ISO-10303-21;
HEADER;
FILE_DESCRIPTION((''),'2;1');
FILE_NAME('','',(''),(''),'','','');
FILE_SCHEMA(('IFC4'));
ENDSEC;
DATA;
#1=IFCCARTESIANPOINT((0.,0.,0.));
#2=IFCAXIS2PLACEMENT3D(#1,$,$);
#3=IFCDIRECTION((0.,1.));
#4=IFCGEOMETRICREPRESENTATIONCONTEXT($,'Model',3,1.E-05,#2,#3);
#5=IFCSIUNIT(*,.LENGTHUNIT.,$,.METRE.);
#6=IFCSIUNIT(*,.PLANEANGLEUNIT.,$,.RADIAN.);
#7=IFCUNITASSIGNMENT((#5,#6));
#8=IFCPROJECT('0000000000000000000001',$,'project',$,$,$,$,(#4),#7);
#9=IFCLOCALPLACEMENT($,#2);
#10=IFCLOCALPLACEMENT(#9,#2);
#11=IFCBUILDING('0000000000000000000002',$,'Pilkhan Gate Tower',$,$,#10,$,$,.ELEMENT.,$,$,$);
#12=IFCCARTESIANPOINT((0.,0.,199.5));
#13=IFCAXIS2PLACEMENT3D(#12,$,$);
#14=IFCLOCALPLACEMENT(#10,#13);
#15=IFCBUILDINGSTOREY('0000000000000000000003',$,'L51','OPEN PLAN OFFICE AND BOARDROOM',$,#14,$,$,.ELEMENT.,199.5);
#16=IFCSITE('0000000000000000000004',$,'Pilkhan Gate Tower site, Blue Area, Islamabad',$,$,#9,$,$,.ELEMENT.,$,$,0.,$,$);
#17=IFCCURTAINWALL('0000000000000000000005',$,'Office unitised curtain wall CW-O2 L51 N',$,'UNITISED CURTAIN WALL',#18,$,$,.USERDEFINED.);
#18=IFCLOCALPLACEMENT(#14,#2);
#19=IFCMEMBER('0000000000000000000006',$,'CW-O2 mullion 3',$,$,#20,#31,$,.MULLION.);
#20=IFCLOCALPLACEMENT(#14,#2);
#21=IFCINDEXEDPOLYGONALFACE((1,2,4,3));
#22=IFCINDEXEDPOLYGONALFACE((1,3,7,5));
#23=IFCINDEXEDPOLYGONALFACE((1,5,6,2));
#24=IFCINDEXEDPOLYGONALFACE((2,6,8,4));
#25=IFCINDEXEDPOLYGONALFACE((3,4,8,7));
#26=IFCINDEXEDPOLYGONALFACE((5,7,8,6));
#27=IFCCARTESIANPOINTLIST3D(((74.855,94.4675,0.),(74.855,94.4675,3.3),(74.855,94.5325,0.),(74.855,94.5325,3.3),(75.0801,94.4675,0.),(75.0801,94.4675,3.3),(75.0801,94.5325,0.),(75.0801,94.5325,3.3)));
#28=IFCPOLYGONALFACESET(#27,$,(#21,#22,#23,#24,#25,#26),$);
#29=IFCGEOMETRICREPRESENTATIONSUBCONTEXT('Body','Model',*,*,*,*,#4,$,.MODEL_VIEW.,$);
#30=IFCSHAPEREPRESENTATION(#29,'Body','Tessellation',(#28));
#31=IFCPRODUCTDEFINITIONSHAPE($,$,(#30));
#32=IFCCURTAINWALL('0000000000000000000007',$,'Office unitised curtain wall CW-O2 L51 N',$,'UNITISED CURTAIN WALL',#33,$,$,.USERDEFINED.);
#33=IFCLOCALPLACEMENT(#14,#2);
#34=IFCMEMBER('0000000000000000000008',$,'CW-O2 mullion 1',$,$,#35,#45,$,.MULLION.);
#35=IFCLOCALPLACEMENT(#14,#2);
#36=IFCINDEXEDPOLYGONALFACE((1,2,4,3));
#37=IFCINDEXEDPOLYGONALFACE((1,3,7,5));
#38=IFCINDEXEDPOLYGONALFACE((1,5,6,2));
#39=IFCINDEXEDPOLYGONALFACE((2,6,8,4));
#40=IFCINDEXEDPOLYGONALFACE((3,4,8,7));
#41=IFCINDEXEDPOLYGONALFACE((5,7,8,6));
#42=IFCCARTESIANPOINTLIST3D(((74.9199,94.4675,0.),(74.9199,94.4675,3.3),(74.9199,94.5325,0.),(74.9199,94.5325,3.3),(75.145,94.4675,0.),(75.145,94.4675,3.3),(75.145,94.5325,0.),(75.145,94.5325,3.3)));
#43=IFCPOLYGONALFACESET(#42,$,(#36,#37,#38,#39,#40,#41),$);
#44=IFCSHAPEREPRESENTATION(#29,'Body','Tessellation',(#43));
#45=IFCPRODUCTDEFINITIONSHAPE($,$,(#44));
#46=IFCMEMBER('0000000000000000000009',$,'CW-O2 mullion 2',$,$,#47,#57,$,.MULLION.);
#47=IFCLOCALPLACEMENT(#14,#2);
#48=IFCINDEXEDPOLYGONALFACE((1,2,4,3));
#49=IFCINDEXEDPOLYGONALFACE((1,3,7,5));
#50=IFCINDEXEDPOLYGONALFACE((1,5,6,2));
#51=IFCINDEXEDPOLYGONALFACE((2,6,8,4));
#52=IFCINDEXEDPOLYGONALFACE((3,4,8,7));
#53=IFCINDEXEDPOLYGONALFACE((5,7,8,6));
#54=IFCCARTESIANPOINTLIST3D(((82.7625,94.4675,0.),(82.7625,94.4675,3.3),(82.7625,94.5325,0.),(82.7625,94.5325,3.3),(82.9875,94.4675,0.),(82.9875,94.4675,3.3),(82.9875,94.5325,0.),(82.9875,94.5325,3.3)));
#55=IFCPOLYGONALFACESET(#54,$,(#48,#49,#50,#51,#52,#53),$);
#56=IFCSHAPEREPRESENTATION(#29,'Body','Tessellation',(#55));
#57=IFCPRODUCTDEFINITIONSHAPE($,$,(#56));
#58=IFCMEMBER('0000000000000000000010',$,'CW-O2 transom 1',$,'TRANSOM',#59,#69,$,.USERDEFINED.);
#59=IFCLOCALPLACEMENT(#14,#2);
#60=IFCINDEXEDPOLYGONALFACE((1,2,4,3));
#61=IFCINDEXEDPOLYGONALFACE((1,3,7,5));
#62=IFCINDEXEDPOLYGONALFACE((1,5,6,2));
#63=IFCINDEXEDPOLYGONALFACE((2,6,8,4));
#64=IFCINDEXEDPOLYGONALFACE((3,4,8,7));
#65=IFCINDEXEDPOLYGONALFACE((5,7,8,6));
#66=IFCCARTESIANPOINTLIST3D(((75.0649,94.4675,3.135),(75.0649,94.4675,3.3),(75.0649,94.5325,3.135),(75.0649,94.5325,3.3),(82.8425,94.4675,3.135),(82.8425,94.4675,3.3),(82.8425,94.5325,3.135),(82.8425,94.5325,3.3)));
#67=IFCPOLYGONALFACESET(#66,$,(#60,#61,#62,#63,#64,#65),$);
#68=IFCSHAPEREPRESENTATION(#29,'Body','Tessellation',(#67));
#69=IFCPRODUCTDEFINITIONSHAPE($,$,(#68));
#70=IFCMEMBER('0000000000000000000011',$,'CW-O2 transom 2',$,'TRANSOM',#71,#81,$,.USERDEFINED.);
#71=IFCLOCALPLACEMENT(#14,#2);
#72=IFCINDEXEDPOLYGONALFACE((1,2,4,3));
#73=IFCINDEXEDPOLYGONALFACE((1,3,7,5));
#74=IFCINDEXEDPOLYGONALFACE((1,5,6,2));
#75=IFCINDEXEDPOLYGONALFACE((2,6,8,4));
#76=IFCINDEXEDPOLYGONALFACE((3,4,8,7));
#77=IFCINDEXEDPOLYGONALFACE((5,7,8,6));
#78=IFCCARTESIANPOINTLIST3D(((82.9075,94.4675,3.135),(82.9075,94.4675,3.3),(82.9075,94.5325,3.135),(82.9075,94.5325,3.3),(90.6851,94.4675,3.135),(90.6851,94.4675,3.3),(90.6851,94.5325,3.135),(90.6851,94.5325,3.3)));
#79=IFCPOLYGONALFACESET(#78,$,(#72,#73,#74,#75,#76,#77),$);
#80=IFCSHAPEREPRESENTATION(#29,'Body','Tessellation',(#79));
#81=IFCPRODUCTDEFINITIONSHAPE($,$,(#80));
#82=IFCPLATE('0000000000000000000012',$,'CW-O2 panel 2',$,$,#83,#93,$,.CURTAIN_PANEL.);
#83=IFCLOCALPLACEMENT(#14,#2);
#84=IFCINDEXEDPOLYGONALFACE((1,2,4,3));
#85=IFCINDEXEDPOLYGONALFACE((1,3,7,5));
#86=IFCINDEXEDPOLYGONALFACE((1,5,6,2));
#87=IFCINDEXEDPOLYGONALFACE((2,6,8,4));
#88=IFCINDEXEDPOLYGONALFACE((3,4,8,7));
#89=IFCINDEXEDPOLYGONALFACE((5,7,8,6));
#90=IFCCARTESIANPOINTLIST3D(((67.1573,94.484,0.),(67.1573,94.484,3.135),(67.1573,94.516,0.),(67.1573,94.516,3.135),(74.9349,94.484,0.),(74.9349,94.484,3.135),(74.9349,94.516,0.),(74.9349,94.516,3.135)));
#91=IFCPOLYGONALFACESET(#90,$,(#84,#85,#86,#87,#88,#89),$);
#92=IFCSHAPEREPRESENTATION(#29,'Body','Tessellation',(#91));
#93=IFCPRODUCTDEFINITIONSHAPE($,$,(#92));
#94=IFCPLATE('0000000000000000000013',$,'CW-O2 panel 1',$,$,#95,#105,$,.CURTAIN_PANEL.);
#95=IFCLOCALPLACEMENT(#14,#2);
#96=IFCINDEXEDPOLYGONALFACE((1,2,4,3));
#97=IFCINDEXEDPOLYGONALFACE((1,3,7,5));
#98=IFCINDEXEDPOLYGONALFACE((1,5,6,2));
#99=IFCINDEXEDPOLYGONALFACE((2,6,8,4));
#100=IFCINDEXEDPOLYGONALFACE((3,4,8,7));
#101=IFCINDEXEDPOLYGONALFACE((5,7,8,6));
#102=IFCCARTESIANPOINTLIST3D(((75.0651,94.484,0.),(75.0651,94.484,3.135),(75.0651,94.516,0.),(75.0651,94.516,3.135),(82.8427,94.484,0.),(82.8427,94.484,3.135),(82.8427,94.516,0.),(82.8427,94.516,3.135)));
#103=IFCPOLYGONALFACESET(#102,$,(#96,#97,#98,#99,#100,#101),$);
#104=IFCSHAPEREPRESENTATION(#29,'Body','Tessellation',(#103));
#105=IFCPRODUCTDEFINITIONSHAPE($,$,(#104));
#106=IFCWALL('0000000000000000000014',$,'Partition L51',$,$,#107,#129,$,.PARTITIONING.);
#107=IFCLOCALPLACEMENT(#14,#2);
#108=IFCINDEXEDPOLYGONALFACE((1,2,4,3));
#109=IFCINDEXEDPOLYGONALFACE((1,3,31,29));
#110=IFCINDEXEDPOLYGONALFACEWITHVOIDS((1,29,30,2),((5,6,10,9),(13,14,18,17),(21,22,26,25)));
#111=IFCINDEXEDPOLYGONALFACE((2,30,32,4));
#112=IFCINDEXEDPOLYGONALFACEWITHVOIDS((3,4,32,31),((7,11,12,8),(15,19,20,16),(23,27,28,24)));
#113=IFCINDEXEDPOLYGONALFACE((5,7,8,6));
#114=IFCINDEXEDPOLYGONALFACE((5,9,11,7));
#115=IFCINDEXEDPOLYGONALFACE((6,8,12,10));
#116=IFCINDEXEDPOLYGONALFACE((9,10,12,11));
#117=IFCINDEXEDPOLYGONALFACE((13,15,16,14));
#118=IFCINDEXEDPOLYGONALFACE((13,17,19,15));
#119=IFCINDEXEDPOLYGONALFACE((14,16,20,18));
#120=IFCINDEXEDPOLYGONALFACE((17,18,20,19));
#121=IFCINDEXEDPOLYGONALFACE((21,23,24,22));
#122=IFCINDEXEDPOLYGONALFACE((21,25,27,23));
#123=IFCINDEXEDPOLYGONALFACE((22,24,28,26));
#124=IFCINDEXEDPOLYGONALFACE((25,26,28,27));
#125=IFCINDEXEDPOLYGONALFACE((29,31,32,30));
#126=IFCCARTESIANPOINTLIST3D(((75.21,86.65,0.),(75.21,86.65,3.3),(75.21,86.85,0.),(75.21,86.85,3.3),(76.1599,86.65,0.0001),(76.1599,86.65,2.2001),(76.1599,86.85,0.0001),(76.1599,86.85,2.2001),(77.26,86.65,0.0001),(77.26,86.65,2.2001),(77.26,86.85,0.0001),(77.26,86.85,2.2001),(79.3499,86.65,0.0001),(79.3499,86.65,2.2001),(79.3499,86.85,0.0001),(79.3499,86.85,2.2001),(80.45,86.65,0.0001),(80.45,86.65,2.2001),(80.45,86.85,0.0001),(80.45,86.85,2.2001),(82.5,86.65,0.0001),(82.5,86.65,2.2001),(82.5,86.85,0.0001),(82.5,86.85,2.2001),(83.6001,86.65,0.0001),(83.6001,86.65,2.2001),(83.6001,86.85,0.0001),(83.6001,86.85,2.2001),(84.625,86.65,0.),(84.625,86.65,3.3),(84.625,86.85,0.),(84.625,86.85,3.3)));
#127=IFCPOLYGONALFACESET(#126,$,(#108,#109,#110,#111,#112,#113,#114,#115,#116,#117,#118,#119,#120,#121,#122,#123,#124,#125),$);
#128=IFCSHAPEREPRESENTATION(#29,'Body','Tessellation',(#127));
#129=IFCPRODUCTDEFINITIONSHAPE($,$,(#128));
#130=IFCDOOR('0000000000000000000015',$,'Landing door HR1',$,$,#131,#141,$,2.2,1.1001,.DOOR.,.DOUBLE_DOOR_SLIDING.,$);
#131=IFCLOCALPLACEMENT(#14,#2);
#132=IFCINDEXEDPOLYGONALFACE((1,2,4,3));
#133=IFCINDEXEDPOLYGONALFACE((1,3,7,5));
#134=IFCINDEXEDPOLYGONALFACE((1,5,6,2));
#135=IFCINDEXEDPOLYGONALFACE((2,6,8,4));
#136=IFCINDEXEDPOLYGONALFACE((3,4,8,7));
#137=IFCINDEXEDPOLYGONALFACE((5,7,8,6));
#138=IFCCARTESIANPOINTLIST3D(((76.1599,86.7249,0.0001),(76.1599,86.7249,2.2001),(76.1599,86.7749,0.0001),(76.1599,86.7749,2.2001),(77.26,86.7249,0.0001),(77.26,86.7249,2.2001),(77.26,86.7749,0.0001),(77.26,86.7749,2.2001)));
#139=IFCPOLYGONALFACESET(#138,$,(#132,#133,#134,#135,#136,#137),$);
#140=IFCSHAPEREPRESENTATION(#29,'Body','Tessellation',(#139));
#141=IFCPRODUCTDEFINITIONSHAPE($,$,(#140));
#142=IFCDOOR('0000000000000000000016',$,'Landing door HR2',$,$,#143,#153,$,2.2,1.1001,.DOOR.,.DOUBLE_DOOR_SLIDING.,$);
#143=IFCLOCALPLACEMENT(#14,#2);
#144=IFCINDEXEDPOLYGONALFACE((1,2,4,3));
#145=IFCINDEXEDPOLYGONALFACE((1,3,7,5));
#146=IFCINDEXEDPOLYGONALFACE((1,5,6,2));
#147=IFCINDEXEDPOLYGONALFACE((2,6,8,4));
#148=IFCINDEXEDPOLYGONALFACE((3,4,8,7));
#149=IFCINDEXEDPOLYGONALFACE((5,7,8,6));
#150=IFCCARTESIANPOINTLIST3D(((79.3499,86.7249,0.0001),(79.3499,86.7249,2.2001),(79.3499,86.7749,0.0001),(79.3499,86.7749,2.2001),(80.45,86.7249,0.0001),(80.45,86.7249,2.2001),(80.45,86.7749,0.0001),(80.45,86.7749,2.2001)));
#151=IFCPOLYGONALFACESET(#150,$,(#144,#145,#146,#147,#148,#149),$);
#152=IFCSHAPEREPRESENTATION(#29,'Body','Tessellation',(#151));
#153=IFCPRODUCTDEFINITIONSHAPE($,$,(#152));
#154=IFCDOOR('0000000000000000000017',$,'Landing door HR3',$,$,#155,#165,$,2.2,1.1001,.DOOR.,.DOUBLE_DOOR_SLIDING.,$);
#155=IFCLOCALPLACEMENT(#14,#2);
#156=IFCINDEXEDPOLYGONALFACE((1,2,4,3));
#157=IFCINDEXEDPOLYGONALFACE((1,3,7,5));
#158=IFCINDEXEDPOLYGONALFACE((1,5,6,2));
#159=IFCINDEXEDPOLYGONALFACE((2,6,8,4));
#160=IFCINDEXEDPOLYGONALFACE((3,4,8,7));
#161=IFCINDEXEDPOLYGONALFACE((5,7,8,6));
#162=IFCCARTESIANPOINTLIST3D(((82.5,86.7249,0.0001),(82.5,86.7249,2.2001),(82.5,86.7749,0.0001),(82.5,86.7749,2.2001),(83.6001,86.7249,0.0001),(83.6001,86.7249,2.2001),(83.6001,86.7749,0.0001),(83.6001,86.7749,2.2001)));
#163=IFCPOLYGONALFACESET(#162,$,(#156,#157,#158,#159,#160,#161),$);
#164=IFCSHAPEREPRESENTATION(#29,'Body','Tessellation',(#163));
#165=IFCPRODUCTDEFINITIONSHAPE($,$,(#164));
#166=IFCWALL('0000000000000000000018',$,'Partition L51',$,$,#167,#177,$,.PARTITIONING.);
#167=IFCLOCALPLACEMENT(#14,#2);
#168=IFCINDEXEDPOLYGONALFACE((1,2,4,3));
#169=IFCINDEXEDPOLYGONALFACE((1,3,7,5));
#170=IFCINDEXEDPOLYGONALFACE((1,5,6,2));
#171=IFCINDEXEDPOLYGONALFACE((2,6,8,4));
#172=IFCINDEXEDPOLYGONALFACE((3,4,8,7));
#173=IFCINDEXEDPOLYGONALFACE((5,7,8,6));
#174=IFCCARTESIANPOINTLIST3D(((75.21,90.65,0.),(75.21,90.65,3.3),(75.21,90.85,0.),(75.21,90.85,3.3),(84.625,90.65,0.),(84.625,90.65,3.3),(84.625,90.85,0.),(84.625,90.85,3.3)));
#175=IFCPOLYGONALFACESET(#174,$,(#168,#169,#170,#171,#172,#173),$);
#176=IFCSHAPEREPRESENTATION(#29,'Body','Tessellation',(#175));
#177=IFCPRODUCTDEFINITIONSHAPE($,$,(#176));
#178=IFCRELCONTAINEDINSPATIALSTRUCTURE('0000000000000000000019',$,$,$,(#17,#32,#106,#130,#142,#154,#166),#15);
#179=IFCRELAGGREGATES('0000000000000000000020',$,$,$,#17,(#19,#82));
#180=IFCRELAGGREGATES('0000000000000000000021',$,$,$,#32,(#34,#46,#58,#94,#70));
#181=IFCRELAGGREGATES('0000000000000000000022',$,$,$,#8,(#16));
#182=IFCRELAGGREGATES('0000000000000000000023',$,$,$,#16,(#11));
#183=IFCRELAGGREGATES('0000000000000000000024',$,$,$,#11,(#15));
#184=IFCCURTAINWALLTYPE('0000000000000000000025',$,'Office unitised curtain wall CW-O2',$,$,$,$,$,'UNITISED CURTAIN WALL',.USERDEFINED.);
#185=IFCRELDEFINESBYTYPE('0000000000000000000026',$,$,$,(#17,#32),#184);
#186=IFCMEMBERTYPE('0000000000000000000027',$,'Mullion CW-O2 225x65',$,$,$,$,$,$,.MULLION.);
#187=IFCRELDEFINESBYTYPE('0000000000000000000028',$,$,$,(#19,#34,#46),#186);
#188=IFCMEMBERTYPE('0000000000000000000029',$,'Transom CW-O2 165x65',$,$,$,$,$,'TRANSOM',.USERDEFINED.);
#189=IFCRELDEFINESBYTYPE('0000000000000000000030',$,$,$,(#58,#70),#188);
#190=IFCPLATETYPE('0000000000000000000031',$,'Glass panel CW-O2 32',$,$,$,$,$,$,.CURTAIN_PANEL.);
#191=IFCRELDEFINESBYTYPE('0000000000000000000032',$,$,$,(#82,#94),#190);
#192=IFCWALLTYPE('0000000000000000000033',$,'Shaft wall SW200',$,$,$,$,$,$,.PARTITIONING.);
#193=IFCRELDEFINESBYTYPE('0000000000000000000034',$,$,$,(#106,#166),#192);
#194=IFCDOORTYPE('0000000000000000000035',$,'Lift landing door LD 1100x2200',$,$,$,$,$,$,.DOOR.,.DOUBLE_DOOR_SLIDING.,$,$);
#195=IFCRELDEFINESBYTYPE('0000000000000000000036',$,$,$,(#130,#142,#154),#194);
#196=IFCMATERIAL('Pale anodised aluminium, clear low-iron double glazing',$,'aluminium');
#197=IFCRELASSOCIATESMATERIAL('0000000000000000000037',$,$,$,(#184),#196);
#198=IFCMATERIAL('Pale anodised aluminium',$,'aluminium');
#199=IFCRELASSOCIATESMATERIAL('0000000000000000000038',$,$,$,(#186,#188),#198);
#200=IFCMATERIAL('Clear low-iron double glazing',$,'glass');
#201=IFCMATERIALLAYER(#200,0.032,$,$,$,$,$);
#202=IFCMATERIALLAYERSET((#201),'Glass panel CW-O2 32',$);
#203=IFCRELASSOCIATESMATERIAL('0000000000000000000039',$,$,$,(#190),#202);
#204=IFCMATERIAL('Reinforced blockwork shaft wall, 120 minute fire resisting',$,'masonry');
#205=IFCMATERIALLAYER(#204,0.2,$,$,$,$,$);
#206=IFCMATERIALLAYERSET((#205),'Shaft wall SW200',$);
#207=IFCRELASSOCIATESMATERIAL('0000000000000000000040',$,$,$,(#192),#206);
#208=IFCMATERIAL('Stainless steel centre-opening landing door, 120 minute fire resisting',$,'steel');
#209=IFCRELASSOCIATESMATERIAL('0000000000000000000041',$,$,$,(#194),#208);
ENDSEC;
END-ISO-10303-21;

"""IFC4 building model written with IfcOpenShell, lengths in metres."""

from ifc_helpers import new_model, si_unit, direction, frame, frame_2d, origin, origin_2d, place, context, subcontext, project, spatial, rectangle, extrude, material, layer, layer_set, material_profile, profile_set, type_object, element, fill, aggregate, save


model = new_model("IFC4")

# Units and contexts
model_context = context("Model", 3, precision=1e-05, world=origin(), true_north=direction((0.0, 1.0)))
body_context = subcontext(model_context, "Body", "Model", "MODEL_VIEW")
ifc_project = project(units=[si_unit("LENGTHUNIT", "METRE"), si_unit("PLANEANGLEUNIT", "RADIAN")], contexts=[model_context])

# Site, building, storey
site_placement = place(None, origin())
site = spatial("IfcSite", under=ifc_project, at=site_placement, Name="Pilkhan Gate Tower site, Blue Area, Islamabad", CompositionType="ELEMENT", RefElevation=0.0)
building_placement = place(site_placement, origin())
building = spatial("IfcBuilding", under=site, at=building_placement, Name="Pilkhan Gate Tower", CompositionType="ELEMENT")
storey_placement = place(building_placement, frame((0.0, 0.0, 199.5)))
storey = spatial("IfcBuildingStorey", under=building, at=storey_placement, Name="L51", Description="OPEN PLAN OFFICE AND BOARDROOM", CompositionType="ELEMENT", Elevation=199.5)

# Curtain wall, member
ifc_material_1 = material(Name="Pale anodised aluminium, clear low-iron double glazing", Category="aluminium")
curtain_wall_type = type_object("IfcCurtainWallType", Name="Office unitised curtain wall CW-O2", ElementType="UNITISED CURTAIN WALL", PredefinedType="USERDEFINED", material=ifc_material_1)
curtain_wall_1_placement = place(storey_placement, origin())
curtain_wall_1 = element("IfcCurtainWall", 1, at=curtain_wall_1_placement, inside=storey, type_object=curtain_wall_type, Name="Office unitised curtain wall CW-O2 L51 N", ObjectType="UNITISED CURTAIN WALL", PredefinedType="USERDEFINED")
ifc_material_2 = material(Name="Pale anodised aluminium", Category="aluminium")
ifc_material_profile_1 = material_profile(ifc_material_2, rectangle(XDim=0.0649, YDim=0.2251, at=origin_2d()), Name="Mullion 225x65")
ifc_profile_set_1 = profile_set([ifc_material_profile_1], Name="Pale anodised aluminium")
member_type_1 = type_object("IfcMemberType", Name="Mullion CW-O2 225x65", PredefinedType="MULLION", material=ifc_profile_set_1)
member_1_placement = place(storey_placement, frame((74.9675, 94.5, 0.0), z_axis=(0.0, 0.0, 1.0), x_axis=(0.0, 1.0, 0.0)))
member_1 = element("IfcMember", 2, at=member_1_placement, type_object=member_type_1, Name="CW-O2 mullion 3", PredefinedType="MULLION", context=body_context, shape_type="SweptSolid", body=[
    extrude(rectangle(XDim=0.0649, YDim=0.2251, at=origin_2d()), origin(), (0.0, 0.0, 1.0), 3.3),
])

# Curtain wall, members
curtain_wall_2_placement = place(storey_placement, origin())
curtain_wall_2 = element("IfcCurtainWall", 3, at=curtain_wall_2_placement, inside=storey, type_object=curtain_wall_type, Name="Office unitised curtain wall CW-O2 L51 N", ObjectType="UNITISED CURTAIN WALL", PredefinedType="USERDEFINED")
member_2_placement = place(storey_placement, frame((75.0325, 94.5, 0.0), z_axis=(0.0, 0.0, 1.0), x_axis=(0.0, 1.0, 0.0)))
member_2 = element("IfcMember", 4, at=member_2_placement, type_object=member_type_1, Name="CW-O2 mullion 1", PredefinedType="MULLION", context=body_context, shape_type="SweptSolid", body=[
    extrude(rectangle(XDim=0.0649, YDim=0.2251, at=origin_2d()), origin(), (0.0, 0.0, 1.0), 3.3),
])
member_3_placement = place(storey_placement, frame((82.875, 94.5, 0.0), z_axis=(0.0, 0.0, 1.0), x_axis=(0.0, 1.0, 0.0)))
member_3 = element("IfcMember", 5, at=member_3_placement, type_object=member_type_1, Name="CW-O2 mullion 2", PredefinedType="MULLION", context=body_context, shape_type="SweptSolid", body=[
    extrude(rectangle(XDim=0.0649, YDim=0.2251, at=origin_2d()), origin(), (0.0, 0.0, 1.0), 3.3),
])
ifc_material_profile_2 = material_profile(ifc_material_2, rectangle(XDim=0.0649, YDim=0.165, at=origin_2d()), Name="Transom 165x65")
ifc_profile_set_2 = profile_set([ifc_material_profile_2], Name="Pale anodised aluminium")
member_type_2 = type_object("IfcMemberType", Name="Transom CW-O2 165x65", ElementType="TRANSOM", PredefinedType="USERDEFINED", material=ifc_profile_set_2)
member_4_placement = place(storey_placement, frame((75.0649, 94.5, 3.2175), z_axis=(1.0, 0.0, 0.0), x_axis=(0.0, 1.0, 0.0)))
member_4 = element("IfcMember", 6, at=member_4_placement, type_object=member_type_2, Name="CW-O2 transom 1", ObjectType="TRANSOM", PredefinedType="USERDEFINED", context=body_context, shape_type="SweptSolid", body=[
    extrude(rectangle(XDim=0.0649, YDim=0.165, at=origin_2d()), origin(), (0.0, 0.0, 1.0), 7.7776),
])
member_5_placement = place(storey_placement, frame((82.9075, 94.5, 3.2175), z_axis=(1.0, 0.0, 0.0), x_axis=(0.0, 1.0, 0.0)))
member_5 = element("IfcMember", 7, at=member_5_placement, type_object=member_type_2, Name="CW-O2 transom 2", ObjectType="TRANSOM", PredefinedType="USERDEFINED", context=body_context, shape_type="SweptSolid", body=[
    extrude(rectangle(XDim=0.0649, YDim=0.165, at=origin_2d()), origin(), (0.0, 0.0, 1.0), 7.7776),
])

# Plates
ifc_material_3 = material(Name="Clear low-iron double glazing", Category="glass")
ifc_layer_1 = layer(ifc_material_3, 0.032)
ifc_layer_set_1 = layer_set([ifc_layer_1], Name="Glass panel CW-O2 32")
plate_type = type_object("IfcPlateType", Name="Glass panel CW-O2 32", PredefinedType="CURTAIN_PANEL", material=ifc_layer_set_1)
plate_1_placement = place(storey_placement, frame((71.0461, 94.5, 0.0), z_axis=(0.0, 0.0, 1.0), x_axis=(1.0, 0.0, 0.0)))
plate_1 = element("IfcPlate", 8, at=plate_1_placement, type_object=plate_type, Name="CW-O2 panel 2", PredefinedType="CURTAIN_PANEL", context=body_context, shape_type="SweptSolid", body=[
    extrude(rectangle(XDim=7.7776, YDim=0.032, at=origin_2d()), origin(), (0.0, 0.0, 1.0), 3.135),
])
aggregate(curtain_wall_1, [member_1, plate_1])
plate_2_placement = place(storey_placement, frame((78.9539, 94.5, 0.0), z_axis=(0.0, 0.0, 1.0), x_axis=(1.0, 0.0, 0.0)))
plate_2 = element("IfcPlate", 9, at=plate_2_placement, type_object=plate_type, Name="CW-O2 panel 1", PredefinedType="CURTAIN_PANEL", context=body_context, shape_type="SweptSolid", body=[
    extrude(rectangle(XDim=7.7776, YDim=0.032, at=origin_2d()), origin(), (0.0, 0.0, 1.0), 3.135),
])
aggregate(curtain_wall_2, [member_2, member_3, member_4, plate_2, member_5])

# Wall, openings, doors
ifc_material_4 = material(Name="Reinforced blockwork shaft wall, 120 minute fire resisting", Category="masonry")
ifc_layer_2 = layer(ifc_material_4, 0.2)
ifc_layer_set_2 = layer_set([ifc_layer_2], Name="Shaft wall SW200")
wall_type_1 = type_object("IfcWallType", Name="Shaft wall SW200", PredefinedType="PARTITIONING", material=ifc_layer_set_2)
wall_1_placement = place(storey_placement, frame((75.21, 86.75, 0.0), z_axis=(0.0, 0.0, 1.0), x_axis=(1.0, 0.0, 0.0)))
wall_1 = element("IfcWall", 10, at=wall_1_placement, inside=storey, type_object=wall_type_1, Name="Partition L51", PredefinedType="PARTITIONING", context=body_context, shape_type="SweptSolid", body=[
    extrude(rectangle(XDim=9.415, YDim=0.2, at=frame_2d((4.7075, 0.0))), origin(), (0.0, 0.0, 1.0), 3.3),
])
opening_1_placement = place(wall_1_placement, frame((0.95, 0.0, 0.0)))
opening_1 = element("IfcOpeningElement", 11, at=opening_1_placement, cuts=wall_1, PredefinedType="OPENING", context=body_context, shape_type="SweptSolid", body=[
    extrude(rectangle(XDim=1.1001, YDim=2.2, at=frame_2d((0.55, 1.1001))), frame((0.0, 0.1099, 0.0), z_axis=(0.0, -1.0, 0.0), x_axis=(1.0, 0.0, 0.0)), (0.0, 0.0, 1.0), 0.22),
])
opening_2_placement = place(wall_1_placement, frame((4.1399, 0.0, 0.0)))
opening_2 = element("IfcOpeningElement", 12, at=opening_2_placement, cuts=wall_1, PredefinedType="OPENING", context=body_context, shape_type="SweptSolid", body=[
    extrude(rectangle(XDim=1.1001, YDim=2.2, at=frame_2d((0.55, 1.1001))), frame((0.0, 0.1099, 0.0), z_axis=(0.0, -1.0, 0.0), x_axis=(1.0, 0.0, 0.0)), (0.0, 0.0, 1.0), 0.22),
])
opening_3_placement = place(wall_1_placement, frame((7.29, 0.0, 0.0)))
opening_3 = element("IfcOpeningElement", 13, at=opening_3_placement, cuts=wall_1, PredefinedType="OPENING", context=body_context, shape_type="SweptSolid", body=[
    extrude(rectangle(XDim=1.1001, YDim=2.2, at=frame_2d((0.55, 1.1001))), frame((0.0, 0.1099, 0.0), z_axis=(0.0, -1.0, 0.0), x_axis=(1.0, 0.0, 0.0)), (0.0, 0.0, 1.0), 0.22),
])
ifc_material_5 = material(Name="Stainless steel centre-opening landing door, 120 minute fire resisting", Category="steel")
door_type = type_object("IfcDoorType", Name="Lift landing door LD 1100x2200", OperationType="DOUBLE_DOOR_SLIDING", PredefinedType="DOOR", material=ifc_material_5)
door_1_placement = place(opening_1_placement, origin())
door_1 = element("IfcDoor", 14, at=door_1_placement, inside=storey, type_object=door_type, Name="Landing door HR1", OperationType="DOUBLE_DOOR_SLIDING", OverallHeight=2.2, OverallWidth=1.1001, PredefinedType="DOOR", context=body_context, shape_type="SweptSolid", body=[
    extrude(rectangle(XDim=1.1001, YDim=2.2, at=frame_2d((0.55, 1.1001))), frame((0.0, 0.0249, 0.0), z_axis=(0.0, -1.0, 0.0), x_axis=(1.0, 0.0, 0.0)), (0.0, 0.0, 1.0), 0.05),
])
fill(opening_1, door_1)
door_2_placement = place(opening_2_placement, origin())
door_2 = element("IfcDoor", 15, at=door_2_placement, inside=storey, type_object=door_type, Name="Landing door HR2", OperationType="DOUBLE_DOOR_SLIDING", OverallHeight=2.2, OverallWidth=1.1001, PredefinedType="DOOR", context=body_context, shape_type="SweptSolid", body=[
    extrude(rectangle(XDim=1.1001, YDim=2.2, at=frame_2d((0.55, 1.1001))), frame((0.0, 0.0249, 0.0), z_axis=(0.0, -1.0, 0.0), x_axis=(1.0, 0.0, 0.0)), (0.0, 0.0, 1.0), 0.05),
])
fill(opening_2, door_2)
door_3_placement = place(opening_3_placement, origin())
door_3 = element("IfcDoor", 16, at=door_3_placement, inside=storey, type_object=door_type, Name="Landing door HR3", OperationType="DOUBLE_DOOR_SLIDING", OverallHeight=2.2, OverallWidth=1.1001, PredefinedType="DOOR", context=body_context, shape_type="SweptSolid", body=[
    extrude(rectangle(XDim=1.1001, YDim=2.2, at=frame_2d((0.55, 1.1001))), frame((0.0, 0.0249, 0.0), z_axis=(0.0, -1.0, 0.0), x_axis=(1.0, 0.0, 0.0)), (0.0, 0.0, 1.0), 0.05),
])
fill(opening_3, door_3)

# Wall
wall_2_placement = place(storey_placement, frame((75.21, 90.75, 0.0), z_axis=(0.0, 0.0, 1.0), x_axis=(1.0, 0.0, 0.0)))
element("IfcWall", 17, at=wall_2_placement, inside=storey, type_object=wall_type_1, Name="Partition L51", PredefinedType="PARTITIONING", context=body_context, shape_type="SweptSolid", body=[
    extrude(rectangle(XDim=9.415, YDim=0.2, at=frame_2d((4.7075, 0.0))), origin(), (0.0, 0.0, 1.0), 3.3),
])

save(model, "model.ifc")
